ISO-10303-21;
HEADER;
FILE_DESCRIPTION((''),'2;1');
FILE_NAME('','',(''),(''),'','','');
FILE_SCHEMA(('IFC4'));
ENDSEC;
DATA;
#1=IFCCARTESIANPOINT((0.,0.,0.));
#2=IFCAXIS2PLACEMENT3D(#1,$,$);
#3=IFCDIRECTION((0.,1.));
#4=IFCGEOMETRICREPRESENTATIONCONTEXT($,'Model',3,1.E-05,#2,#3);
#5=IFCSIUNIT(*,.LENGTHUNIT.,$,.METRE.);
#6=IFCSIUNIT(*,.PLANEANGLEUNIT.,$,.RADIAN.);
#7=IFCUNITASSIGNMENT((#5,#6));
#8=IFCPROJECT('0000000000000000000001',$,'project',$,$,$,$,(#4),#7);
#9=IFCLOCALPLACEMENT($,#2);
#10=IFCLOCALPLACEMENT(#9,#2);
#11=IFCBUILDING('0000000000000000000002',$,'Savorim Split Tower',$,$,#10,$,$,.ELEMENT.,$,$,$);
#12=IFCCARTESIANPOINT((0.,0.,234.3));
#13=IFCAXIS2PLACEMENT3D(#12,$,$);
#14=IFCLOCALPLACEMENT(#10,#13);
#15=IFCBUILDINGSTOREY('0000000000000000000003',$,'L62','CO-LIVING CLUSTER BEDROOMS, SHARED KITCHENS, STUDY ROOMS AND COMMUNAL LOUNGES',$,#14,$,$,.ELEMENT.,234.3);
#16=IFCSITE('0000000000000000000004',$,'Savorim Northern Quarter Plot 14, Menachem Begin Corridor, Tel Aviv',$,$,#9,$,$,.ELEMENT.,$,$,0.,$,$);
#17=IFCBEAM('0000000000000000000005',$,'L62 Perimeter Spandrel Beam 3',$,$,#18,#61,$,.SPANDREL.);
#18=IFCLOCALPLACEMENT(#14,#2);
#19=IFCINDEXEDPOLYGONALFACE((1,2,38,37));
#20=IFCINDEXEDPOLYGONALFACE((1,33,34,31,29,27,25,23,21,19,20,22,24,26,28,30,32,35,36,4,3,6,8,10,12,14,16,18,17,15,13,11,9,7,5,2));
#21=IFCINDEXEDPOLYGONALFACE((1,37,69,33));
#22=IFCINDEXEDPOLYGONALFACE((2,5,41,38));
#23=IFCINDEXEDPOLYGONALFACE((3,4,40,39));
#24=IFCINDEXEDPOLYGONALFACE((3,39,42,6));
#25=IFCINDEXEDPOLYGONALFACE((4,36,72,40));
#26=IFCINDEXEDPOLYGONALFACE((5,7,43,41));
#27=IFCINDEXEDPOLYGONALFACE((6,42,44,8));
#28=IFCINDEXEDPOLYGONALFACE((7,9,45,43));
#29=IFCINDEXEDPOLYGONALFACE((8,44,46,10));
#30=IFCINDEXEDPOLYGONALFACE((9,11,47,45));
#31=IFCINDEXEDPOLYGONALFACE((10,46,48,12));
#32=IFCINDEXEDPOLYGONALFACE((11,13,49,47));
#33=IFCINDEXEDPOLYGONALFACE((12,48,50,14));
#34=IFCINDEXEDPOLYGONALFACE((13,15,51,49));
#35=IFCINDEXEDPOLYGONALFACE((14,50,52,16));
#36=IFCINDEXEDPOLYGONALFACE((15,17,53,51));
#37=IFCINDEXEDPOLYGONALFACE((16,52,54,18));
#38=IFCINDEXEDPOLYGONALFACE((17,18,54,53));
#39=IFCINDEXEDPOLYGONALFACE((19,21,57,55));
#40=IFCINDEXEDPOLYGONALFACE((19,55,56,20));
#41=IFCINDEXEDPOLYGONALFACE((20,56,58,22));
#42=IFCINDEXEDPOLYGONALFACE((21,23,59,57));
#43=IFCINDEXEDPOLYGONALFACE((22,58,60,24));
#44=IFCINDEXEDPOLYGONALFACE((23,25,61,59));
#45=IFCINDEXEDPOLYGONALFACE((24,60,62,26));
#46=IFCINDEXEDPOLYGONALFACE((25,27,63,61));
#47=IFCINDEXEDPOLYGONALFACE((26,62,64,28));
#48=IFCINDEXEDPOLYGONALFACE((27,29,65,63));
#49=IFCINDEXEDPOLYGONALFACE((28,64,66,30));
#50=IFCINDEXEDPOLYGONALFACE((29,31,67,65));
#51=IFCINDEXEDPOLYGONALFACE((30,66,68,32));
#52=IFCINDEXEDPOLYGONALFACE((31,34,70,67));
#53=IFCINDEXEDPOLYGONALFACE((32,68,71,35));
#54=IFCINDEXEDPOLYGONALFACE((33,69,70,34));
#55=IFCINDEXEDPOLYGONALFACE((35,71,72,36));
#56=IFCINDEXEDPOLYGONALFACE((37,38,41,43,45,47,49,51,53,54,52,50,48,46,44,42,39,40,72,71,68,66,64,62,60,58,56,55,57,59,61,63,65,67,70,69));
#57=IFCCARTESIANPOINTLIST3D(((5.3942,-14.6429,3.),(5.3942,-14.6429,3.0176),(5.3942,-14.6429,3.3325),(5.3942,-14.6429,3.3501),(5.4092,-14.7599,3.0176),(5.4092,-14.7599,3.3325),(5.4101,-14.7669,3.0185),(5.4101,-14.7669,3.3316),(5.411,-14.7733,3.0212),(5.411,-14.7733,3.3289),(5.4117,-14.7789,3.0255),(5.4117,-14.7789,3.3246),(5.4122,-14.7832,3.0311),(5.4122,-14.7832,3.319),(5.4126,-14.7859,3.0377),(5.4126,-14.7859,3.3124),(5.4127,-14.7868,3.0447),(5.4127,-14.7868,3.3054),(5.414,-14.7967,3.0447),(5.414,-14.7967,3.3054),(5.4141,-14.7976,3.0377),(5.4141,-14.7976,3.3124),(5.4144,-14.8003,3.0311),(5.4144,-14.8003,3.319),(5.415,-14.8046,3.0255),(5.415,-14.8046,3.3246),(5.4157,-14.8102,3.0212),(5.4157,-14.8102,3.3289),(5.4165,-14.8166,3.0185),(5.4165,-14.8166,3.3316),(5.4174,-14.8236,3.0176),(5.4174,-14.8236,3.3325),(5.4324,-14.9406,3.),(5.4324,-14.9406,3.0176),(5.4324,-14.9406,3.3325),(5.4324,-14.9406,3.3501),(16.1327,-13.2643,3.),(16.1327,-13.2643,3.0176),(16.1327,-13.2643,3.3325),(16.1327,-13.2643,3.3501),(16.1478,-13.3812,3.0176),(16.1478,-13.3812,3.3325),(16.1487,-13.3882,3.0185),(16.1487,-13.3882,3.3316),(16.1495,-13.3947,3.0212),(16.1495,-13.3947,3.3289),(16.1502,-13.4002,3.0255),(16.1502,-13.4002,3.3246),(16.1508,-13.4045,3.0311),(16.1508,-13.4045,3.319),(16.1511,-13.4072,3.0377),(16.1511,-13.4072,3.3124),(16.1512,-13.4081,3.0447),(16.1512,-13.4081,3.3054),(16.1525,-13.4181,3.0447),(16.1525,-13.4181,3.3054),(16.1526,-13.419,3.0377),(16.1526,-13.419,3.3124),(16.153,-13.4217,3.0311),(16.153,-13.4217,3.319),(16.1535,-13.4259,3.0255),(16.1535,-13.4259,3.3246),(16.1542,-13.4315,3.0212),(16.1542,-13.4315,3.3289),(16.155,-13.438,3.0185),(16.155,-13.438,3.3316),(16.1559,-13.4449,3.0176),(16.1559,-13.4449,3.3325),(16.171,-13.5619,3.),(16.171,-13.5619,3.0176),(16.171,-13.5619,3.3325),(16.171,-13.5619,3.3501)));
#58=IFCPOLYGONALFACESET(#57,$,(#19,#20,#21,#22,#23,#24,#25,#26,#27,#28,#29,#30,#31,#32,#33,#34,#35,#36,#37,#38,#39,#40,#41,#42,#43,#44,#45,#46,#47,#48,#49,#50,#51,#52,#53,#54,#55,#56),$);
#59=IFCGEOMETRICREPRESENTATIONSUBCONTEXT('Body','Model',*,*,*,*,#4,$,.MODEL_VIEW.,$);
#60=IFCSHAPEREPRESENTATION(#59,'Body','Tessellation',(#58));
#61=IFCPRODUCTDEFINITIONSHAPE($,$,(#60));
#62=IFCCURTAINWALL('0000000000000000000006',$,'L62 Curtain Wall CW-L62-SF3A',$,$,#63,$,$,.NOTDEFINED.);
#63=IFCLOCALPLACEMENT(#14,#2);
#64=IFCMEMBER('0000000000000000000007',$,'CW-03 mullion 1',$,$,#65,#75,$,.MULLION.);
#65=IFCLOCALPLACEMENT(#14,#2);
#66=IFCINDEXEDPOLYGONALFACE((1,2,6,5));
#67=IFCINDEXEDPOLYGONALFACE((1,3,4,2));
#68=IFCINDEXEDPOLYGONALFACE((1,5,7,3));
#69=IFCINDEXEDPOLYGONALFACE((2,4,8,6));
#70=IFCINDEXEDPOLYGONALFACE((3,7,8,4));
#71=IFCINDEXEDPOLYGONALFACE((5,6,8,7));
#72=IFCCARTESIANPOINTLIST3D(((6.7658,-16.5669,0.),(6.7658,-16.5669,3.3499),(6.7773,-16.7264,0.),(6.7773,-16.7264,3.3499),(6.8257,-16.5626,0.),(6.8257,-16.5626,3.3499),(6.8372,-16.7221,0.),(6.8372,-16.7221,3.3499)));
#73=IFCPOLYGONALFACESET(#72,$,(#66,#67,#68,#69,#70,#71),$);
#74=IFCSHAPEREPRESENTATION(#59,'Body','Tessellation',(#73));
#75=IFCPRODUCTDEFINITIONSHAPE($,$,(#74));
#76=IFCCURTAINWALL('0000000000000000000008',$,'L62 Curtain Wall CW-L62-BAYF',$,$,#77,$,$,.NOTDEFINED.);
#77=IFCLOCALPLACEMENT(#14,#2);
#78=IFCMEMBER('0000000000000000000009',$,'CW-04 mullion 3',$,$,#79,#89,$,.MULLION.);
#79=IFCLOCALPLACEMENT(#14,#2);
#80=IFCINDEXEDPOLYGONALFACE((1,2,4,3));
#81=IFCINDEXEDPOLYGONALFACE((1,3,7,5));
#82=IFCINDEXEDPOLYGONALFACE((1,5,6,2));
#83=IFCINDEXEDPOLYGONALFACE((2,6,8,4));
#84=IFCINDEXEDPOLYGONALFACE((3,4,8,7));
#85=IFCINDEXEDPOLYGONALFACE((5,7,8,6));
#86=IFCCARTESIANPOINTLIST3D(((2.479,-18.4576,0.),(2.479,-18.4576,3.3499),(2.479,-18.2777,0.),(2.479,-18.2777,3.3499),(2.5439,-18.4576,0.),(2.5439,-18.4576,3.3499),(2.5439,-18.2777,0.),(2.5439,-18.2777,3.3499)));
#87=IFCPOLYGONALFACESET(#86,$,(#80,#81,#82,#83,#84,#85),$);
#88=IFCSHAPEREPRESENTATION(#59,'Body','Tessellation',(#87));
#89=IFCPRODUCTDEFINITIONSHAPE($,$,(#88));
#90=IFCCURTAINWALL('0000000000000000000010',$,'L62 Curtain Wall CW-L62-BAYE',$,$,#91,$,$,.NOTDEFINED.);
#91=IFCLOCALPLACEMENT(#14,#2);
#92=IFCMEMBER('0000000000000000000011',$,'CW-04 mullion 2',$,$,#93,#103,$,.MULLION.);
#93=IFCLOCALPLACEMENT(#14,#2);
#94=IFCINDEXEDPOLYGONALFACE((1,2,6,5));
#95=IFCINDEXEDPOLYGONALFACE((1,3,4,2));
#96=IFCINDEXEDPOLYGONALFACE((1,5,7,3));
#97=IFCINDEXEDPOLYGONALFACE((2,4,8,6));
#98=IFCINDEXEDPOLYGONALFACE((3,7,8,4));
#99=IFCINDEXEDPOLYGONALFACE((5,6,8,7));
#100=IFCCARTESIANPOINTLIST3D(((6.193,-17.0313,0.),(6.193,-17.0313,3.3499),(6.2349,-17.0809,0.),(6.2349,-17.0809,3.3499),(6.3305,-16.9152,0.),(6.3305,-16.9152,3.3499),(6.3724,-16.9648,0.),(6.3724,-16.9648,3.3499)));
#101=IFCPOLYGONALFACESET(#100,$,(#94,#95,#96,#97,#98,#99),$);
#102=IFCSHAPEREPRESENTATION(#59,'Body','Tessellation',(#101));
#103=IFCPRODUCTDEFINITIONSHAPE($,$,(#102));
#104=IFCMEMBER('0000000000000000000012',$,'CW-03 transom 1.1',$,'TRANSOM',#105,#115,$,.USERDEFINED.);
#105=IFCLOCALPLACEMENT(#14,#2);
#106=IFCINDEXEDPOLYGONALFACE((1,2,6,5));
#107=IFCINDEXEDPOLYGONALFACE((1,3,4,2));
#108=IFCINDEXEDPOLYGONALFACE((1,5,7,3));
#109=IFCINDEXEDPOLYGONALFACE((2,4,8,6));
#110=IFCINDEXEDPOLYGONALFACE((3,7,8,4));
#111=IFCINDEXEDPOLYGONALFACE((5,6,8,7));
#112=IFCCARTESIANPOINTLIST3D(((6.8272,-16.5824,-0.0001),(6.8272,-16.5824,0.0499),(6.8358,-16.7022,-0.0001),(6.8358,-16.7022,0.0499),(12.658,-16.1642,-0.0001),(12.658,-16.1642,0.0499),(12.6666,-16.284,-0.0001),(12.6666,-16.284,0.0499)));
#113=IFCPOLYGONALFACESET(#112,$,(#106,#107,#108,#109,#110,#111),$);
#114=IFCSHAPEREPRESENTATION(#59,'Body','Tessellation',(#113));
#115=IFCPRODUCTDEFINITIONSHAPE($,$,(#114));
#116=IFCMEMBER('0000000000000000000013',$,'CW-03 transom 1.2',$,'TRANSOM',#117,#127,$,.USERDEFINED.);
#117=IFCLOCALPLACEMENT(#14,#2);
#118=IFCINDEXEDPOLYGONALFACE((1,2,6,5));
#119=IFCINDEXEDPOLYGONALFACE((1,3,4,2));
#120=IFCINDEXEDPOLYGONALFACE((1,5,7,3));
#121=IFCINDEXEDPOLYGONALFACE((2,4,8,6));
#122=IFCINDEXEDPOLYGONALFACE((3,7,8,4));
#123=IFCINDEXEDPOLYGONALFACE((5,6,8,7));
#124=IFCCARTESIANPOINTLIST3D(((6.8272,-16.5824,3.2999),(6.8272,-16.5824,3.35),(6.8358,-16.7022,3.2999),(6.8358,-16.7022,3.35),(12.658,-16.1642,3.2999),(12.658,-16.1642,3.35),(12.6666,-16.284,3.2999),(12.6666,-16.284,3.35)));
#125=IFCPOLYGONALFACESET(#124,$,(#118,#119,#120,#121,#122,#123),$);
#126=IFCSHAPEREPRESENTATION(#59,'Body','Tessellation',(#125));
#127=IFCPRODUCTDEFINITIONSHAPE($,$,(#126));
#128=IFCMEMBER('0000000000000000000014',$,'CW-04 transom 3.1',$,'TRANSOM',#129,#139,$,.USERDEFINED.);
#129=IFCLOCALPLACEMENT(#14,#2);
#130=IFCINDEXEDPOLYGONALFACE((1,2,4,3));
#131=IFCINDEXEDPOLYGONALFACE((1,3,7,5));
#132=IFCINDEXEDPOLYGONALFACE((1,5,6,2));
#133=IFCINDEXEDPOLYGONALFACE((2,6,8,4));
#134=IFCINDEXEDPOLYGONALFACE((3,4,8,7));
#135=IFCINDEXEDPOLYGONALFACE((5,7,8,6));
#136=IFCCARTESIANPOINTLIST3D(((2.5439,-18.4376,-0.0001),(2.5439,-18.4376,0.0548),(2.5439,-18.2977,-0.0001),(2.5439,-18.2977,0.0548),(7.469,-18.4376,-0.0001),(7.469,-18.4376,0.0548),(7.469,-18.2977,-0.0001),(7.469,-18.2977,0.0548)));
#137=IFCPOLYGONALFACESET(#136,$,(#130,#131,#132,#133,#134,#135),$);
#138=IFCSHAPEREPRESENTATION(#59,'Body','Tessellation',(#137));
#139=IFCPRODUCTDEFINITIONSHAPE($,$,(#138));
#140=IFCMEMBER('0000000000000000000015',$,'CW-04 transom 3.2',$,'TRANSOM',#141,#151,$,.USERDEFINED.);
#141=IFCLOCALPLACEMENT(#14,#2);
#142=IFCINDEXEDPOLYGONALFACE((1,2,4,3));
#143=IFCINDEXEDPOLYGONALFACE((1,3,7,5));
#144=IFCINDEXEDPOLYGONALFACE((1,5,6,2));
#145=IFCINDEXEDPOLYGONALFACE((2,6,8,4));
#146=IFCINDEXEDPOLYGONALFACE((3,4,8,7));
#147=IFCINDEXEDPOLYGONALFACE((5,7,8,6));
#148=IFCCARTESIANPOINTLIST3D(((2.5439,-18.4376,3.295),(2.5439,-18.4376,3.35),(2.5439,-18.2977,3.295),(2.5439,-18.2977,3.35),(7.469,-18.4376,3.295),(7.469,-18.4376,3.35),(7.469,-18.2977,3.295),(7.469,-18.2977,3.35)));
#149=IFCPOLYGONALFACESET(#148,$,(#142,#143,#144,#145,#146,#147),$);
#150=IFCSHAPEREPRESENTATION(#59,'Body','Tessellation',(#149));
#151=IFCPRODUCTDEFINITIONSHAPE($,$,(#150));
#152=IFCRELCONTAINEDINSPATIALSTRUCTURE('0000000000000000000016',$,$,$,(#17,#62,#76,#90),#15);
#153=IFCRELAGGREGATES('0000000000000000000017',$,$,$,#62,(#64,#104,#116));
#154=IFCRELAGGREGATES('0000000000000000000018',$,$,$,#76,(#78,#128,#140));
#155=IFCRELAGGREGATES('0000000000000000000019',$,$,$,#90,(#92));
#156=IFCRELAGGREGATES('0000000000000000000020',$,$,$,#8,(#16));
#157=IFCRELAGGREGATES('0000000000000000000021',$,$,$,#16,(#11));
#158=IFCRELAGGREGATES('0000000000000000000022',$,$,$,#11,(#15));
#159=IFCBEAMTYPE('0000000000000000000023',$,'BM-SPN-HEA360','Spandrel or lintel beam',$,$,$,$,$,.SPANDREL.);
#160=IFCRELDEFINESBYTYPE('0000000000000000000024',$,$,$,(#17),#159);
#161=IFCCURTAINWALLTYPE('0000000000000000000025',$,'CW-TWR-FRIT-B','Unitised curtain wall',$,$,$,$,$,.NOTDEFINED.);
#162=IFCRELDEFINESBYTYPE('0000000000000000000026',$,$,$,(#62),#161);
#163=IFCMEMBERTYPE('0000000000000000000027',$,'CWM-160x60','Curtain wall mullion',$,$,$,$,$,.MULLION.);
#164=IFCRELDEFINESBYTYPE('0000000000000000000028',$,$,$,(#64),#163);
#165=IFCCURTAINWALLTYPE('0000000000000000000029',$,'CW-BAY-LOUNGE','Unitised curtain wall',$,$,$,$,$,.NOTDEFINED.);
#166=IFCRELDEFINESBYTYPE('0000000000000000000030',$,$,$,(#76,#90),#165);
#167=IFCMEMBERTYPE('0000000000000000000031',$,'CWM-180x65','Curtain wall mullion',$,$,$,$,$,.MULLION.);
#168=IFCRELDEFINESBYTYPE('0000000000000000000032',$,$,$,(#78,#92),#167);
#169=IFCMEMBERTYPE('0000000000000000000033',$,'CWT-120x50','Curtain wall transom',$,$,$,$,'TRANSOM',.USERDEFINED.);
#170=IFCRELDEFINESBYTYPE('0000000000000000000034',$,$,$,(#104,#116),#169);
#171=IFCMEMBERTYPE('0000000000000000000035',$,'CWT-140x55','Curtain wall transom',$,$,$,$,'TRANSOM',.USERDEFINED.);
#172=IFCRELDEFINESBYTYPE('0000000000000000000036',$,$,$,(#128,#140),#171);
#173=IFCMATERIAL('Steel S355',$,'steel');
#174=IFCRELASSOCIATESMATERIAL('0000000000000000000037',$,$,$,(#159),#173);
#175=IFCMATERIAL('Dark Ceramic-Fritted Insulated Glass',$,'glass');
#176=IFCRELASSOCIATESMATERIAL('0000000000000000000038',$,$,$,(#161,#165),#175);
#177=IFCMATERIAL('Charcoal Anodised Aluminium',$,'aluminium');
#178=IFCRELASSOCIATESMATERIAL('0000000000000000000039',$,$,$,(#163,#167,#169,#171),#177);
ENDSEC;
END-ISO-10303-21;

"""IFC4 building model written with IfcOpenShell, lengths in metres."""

from ifc_helpers import new_model, si_unit, direction, frame, origin, origin_2d, place, context, subcontext, project, spatial, rectangle, i_section, extrude, material, material_profile, profile_set, type_object, element, aggregate, save


model = new_model("IFC4")

# Units and contexts
model_context = context("Model", 3, precision=1e-05, world=origin(), true_north=direction((0.0, 1.0)))
body_context = subcontext(model_context, "Body", "Model", "MODEL_VIEW")
ifc_project = project(units=[si_unit("LENGTHUNIT", "METRE"), si_unit("PLANEANGLEUNIT", "RADIAN")], contexts=[model_context])

# Site, building, storey
site_placement = place(None, origin())
site = spatial("IfcSite", under=ifc_project, at=site_placement, Name="Savorim Northern Quarter Plot 14, Menachem Begin Corridor, Tel Aviv", CompositionType="ELEMENT", RefElevation=0.0)
building_placement = place(site_placement, origin())
building = spatial("IfcBuilding", under=site, at=building_placement, Name="Savorim Split Tower", CompositionType="ELEMENT")
storey_placement = place(building_placement, frame((0.0, 0.0, 234.3)))
storey = spatial("IfcBuildingStorey", under=building, at=storey_placement, Name="L62", Description="CO-LIVING CLUSTER BEDROOMS, SHARED KITCHENS, STUDY ROOMS AND COMMUNAL LOUNGES", CompositionType="ELEMENT", Elevation=234.3)

# Shared definitions
ifc_material_1 = material(Name="Steel S355", Category="steel")

# Beam
ifc_material_profile_1 = material_profile(ifc_material_1, i_section(OverallWidth=0.3, OverallDepth=0.3501, WebThickness=0.01, FlangeThickness=0.0176, FilletRadius=0.0271, at=origin_2d()), Name="HEA 360")
ifc_profile_set_1 = profile_set([ifc_material_profile_1], Name="Steel S355")
beam_type_1 = type_object("IfcBeamType", Name="BM-SPN-HEA360", Description="Spandrel or lintel beam", PredefinedType="SPANDREL", material=ifc_profile_set_1)
beam_1_placement = place(storey_placement, frame((5.4133, -14.7917, 3.175), z_axis=(0.991859, 0.12734, 0.0), x_axis=(-0.12734, 0.991859, 0.0)))
element("IfcBeam", 1, at=beam_1_placement, inside=storey, type_object=beam_type_1, Name="L62 Perimeter Spandrel Beam 3", PredefinedType="SPANDREL", context=body_context, shape_type="SweptSolid", body=[
    extrude(i_section(OverallWidth=0.3, OverallDepth=0.3501, WebThickness=0.01, FlangeThickness=0.0176, FilletRadius=0.0271, at=origin_2d()), origin(), (0.0, 0.0, 1.0), 10.8267),
])

# Curtain walls, members
ifc_material_2 = material(Name="Dark Ceramic-Fritted Insulated Glass", Category="glass")
curtain_wall_type_1 = type_object("IfcCurtainWallType", Name="CW-TWR-FRIT-B", Description="Unitised curtain wall", PredefinedType="NOTDEFINED", material=ifc_material_2)
curtain_wall_1_placement = place(storey_placement, origin())
curtain_wall_1 = element("IfcCurtainWall", 2, at=curtain_wall_1_placement, inside=storey, type_object=curtain_wall_type_1, Name="L62 Curtain Wall CW-L62-SF3A", PredefinedType="NOTDEFINED")
ifc_material_3 = material(Name="Charcoal Anodised Aluminium", Category="aluminium")
ifc_material_profile_2 = material_profile(ifc_material_3, rectangle(XDim=0.1599, YDim=0.0601, at=origin_2d()), Name="ALU-M 160x60")
ifc_profile_set_2 = profile_set([ifc_material_profile_2], Name="Charcoal Anodised Aluminium")
member_type_1 = type_object("IfcMemberType", Name="CWM-160x60", Description="Curtain wall mullion", PredefinedType="MULLION", material=ifc_profile_set_2)
member_1_placement = place(storey_placement, frame((6.8015, -16.6445, 0.0), z_axis=(0.0, 0.0, 1.0), x_axis=(-0.071558, 0.997436, 0.0)))
member_1 = element("IfcMember", 3, at=member_1_placement, type_object=member_type_1, Name="CW-03 mullion 1", PredefinedType="MULLION", context=body_context, shape_type="SweptSolid", body=[
    extrude(rectangle(XDim=0.1599, YDim=0.0601, at=origin_2d()), origin(), (0.0, 0.0, 1.0), 3.3499),
])
curtain_wall_type_2 = type_object("IfcCurtainWallType", Name="CW-BAY-LOUNGE", Description="Unitised curtain wall", PredefinedType="NOTDEFINED", material=ifc_material_2)
curtain_wall_2_placement = place(storey_placement, origin())
curtain_wall_2 = element("IfcCurtainWall", 4, at=curtain_wall_2_placement, inside=storey, type_object=curtain_wall_type_2, Name="L62 Curtain Wall CW-L62-BAYF", PredefinedType="NOTDEFINED")
ifc_material_profile_3 = material_profile(ifc_material_3, rectangle(XDim=0.1799, YDim=0.0649, at=origin_2d()), Name="ALU-M 180x65")
ifc_profile_set_3 = profile_set([ifc_material_profile_3], Name="Charcoal Anodised Aluminium")
member_type_2 = type_object("IfcMemberType", Name="CWM-180x65", Description="Curtain wall mullion", PredefinedType="MULLION", material=ifc_profile_set_3)
member_2_placement = place(storey_placement, frame((2.5115, -18.3677, 0.0), z_axis=(0.0, 0.0, 1.0), x_axis=(0.0, 1.0, 0.0)))
member_2 = element("IfcMember", 5, at=member_2_placement, type_object=member_type_2, Name="CW-04 mullion 3", PredefinedType="MULLION", context=body_context, shape_type="SweptSolid", body=[
    extrude(rectangle(XDim=0.1799, YDim=0.0649, at=origin_2d()), origin(), (0.0, 0.0, 1.0), 3.3499),
])
curtain_wall_3_placement = place(storey_placement, origin())
curtain_wall_3 = element("IfcCurtainWall", 6, at=curtain_wall_3_placement, inside=storey, type_object=curtain_wall_type_2, Name="L62 Curtain Wall CW-L62-BAYE", PredefinedType="NOTDEFINED")
member_3_placement = place(storey_placement, frame((6.2827, -16.998, 0.0), z_axis=(0.0, 0.0, 1.0), x_axis=(-0.764177, -0.645006, 0.0)))
member_3 = element("IfcMember", 7, at=member_3_placement, type_object=member_type_2, Name="CW-04 mullion 2", PredefinedType="MULLION", context=body_context, shape_type="SweptSolid", body=[
    extrude(rectangle(XDim=0.1799, YDim=0.0649, at=origin_2d()), origin(), (0.0, 0.0, 1.0), 3.3499),
])

# Members
ifc_material_profile_4 = material_profile(ifc_material_3, rectangle(XDim=0.1201, YDim=0.05, at=origin_2d()), Name="ALU-T 120x50")
ifc_profile_set_4 = profile_set([ifc_material_profile_4], Name="Charcoal Anodised Aluminium")
member_type_3 = type_object("IfcMemberType", Name="CWT-120x50", Description="Curtain wall transom", ElementType="TRANSOM", PredefinedType="USERDEFINED", material=ifc_profile_set_4)
member_4_placement = place(storey_placement, frame((6.8315, -16.6423, 0.0249), z_axis=(0.997438, 0.071541, 0.0), x_axis=(-0.071541, 0.997438, 0.0)))
member_4 = element("IfcMember", 8, at=member_4_placement, type_object=member_type_3, Name="CW-03 transom 1.1", ObjectType="TRANSOM", PredefinedType="USERDEFINED", context=body_context, shape_type="SweptSolid", body=[
    extrude(rectangle(XDim=0.1201, YDim=0.05, at=origin_2d()), origin(), (0.0, 0.0, 1.0), 5.8457),
])
member_5_placement = place(storey_placement, frame((6.8315, -16.6423, 3.325), z_axis=(0.997438, 0.071541, 0.0), x_axis=(-0.071541, 0.997438, 0.0)))
member_5 = element("IfcMember", 9, at=member_5_placement, type_object=member_type_3, Name="CW-03 transom 1.2", ObjectType="TRANSOM", PredefinedType="USERDEFINED", context=body_context, shape_type="SweptSolid", body=[
    extrude(rectangle(XDim=0.1201, YDim=0.05, at=origin_2d()), origin(), (0.0, 0.0, 1.0), 5.8457),
])
aggregate(curtain_wall_1, [member_1, member_4, member_5])
ifc_material_profile_5 = material_profile(ifc_material_3, rectangle(XDim=0.1399, YDim=0.0549, at=origin_2d()), Name="ALU-T 140x55")
ifc_profile_set_5 = profile_set([ifc_material_profile_5], Name="Charcoal Anodised Aluminium")
member_type_4 = type_object("IfcMemberType", Name="CWT-140x55", Description="Curtain wall transom", ElementType="TRANSOM", PredefinedType="USERDEFINED", material=ifc_profile_set_5)
member_6_placement = place(storey_placement, frame((2.5439, -18.3677, 0.0273), z_axis=(1.0, 0.0, 0.0), x_axis=(0.0, 1.0, 0.0)))
member_6 = element("IfcMember", 10, at=member_6_placement, type_object=member_type_4, Name="CW-04 transom 3.1", ObjectType="TRANSOM", PredefinedType="USERDEFINED", context=body_context, shape_type="SweptSolid", body=[
    extrude(rectangle(XDim=0.1399, YDim=0.0549, at=origin_2d()), origin(), (0.0, 0.0, 1.0), 4.925),
])
member_7_placement = place(storey_placement, frame((2.5439, -18.3677, 3.3225), z_axis=(1.0, 0.0, 0.0), x_axis=(0.0, 1.0, 0.0)))
member_7 = element("IfcMember", 11, at=member_7_placement, type_object=member_type_4, Name="CW-04 transom 3.2", ObjectType="TRANSOM", PredefinedType="USERDEFINED", context=body_context, shape_type="SweptSolid", body=[
    extrude(rectangle(XDim=0.1399, YDim=0.0549, at=origin_2d()), origin(), (0.0, 0.0, 1.0), 4.925),
])

aggregate(curtain_wall_2, [member_2, member_6, member_7])
aggregate(curtain_wall_3, [member_3])

save(model, "model.ifc")
